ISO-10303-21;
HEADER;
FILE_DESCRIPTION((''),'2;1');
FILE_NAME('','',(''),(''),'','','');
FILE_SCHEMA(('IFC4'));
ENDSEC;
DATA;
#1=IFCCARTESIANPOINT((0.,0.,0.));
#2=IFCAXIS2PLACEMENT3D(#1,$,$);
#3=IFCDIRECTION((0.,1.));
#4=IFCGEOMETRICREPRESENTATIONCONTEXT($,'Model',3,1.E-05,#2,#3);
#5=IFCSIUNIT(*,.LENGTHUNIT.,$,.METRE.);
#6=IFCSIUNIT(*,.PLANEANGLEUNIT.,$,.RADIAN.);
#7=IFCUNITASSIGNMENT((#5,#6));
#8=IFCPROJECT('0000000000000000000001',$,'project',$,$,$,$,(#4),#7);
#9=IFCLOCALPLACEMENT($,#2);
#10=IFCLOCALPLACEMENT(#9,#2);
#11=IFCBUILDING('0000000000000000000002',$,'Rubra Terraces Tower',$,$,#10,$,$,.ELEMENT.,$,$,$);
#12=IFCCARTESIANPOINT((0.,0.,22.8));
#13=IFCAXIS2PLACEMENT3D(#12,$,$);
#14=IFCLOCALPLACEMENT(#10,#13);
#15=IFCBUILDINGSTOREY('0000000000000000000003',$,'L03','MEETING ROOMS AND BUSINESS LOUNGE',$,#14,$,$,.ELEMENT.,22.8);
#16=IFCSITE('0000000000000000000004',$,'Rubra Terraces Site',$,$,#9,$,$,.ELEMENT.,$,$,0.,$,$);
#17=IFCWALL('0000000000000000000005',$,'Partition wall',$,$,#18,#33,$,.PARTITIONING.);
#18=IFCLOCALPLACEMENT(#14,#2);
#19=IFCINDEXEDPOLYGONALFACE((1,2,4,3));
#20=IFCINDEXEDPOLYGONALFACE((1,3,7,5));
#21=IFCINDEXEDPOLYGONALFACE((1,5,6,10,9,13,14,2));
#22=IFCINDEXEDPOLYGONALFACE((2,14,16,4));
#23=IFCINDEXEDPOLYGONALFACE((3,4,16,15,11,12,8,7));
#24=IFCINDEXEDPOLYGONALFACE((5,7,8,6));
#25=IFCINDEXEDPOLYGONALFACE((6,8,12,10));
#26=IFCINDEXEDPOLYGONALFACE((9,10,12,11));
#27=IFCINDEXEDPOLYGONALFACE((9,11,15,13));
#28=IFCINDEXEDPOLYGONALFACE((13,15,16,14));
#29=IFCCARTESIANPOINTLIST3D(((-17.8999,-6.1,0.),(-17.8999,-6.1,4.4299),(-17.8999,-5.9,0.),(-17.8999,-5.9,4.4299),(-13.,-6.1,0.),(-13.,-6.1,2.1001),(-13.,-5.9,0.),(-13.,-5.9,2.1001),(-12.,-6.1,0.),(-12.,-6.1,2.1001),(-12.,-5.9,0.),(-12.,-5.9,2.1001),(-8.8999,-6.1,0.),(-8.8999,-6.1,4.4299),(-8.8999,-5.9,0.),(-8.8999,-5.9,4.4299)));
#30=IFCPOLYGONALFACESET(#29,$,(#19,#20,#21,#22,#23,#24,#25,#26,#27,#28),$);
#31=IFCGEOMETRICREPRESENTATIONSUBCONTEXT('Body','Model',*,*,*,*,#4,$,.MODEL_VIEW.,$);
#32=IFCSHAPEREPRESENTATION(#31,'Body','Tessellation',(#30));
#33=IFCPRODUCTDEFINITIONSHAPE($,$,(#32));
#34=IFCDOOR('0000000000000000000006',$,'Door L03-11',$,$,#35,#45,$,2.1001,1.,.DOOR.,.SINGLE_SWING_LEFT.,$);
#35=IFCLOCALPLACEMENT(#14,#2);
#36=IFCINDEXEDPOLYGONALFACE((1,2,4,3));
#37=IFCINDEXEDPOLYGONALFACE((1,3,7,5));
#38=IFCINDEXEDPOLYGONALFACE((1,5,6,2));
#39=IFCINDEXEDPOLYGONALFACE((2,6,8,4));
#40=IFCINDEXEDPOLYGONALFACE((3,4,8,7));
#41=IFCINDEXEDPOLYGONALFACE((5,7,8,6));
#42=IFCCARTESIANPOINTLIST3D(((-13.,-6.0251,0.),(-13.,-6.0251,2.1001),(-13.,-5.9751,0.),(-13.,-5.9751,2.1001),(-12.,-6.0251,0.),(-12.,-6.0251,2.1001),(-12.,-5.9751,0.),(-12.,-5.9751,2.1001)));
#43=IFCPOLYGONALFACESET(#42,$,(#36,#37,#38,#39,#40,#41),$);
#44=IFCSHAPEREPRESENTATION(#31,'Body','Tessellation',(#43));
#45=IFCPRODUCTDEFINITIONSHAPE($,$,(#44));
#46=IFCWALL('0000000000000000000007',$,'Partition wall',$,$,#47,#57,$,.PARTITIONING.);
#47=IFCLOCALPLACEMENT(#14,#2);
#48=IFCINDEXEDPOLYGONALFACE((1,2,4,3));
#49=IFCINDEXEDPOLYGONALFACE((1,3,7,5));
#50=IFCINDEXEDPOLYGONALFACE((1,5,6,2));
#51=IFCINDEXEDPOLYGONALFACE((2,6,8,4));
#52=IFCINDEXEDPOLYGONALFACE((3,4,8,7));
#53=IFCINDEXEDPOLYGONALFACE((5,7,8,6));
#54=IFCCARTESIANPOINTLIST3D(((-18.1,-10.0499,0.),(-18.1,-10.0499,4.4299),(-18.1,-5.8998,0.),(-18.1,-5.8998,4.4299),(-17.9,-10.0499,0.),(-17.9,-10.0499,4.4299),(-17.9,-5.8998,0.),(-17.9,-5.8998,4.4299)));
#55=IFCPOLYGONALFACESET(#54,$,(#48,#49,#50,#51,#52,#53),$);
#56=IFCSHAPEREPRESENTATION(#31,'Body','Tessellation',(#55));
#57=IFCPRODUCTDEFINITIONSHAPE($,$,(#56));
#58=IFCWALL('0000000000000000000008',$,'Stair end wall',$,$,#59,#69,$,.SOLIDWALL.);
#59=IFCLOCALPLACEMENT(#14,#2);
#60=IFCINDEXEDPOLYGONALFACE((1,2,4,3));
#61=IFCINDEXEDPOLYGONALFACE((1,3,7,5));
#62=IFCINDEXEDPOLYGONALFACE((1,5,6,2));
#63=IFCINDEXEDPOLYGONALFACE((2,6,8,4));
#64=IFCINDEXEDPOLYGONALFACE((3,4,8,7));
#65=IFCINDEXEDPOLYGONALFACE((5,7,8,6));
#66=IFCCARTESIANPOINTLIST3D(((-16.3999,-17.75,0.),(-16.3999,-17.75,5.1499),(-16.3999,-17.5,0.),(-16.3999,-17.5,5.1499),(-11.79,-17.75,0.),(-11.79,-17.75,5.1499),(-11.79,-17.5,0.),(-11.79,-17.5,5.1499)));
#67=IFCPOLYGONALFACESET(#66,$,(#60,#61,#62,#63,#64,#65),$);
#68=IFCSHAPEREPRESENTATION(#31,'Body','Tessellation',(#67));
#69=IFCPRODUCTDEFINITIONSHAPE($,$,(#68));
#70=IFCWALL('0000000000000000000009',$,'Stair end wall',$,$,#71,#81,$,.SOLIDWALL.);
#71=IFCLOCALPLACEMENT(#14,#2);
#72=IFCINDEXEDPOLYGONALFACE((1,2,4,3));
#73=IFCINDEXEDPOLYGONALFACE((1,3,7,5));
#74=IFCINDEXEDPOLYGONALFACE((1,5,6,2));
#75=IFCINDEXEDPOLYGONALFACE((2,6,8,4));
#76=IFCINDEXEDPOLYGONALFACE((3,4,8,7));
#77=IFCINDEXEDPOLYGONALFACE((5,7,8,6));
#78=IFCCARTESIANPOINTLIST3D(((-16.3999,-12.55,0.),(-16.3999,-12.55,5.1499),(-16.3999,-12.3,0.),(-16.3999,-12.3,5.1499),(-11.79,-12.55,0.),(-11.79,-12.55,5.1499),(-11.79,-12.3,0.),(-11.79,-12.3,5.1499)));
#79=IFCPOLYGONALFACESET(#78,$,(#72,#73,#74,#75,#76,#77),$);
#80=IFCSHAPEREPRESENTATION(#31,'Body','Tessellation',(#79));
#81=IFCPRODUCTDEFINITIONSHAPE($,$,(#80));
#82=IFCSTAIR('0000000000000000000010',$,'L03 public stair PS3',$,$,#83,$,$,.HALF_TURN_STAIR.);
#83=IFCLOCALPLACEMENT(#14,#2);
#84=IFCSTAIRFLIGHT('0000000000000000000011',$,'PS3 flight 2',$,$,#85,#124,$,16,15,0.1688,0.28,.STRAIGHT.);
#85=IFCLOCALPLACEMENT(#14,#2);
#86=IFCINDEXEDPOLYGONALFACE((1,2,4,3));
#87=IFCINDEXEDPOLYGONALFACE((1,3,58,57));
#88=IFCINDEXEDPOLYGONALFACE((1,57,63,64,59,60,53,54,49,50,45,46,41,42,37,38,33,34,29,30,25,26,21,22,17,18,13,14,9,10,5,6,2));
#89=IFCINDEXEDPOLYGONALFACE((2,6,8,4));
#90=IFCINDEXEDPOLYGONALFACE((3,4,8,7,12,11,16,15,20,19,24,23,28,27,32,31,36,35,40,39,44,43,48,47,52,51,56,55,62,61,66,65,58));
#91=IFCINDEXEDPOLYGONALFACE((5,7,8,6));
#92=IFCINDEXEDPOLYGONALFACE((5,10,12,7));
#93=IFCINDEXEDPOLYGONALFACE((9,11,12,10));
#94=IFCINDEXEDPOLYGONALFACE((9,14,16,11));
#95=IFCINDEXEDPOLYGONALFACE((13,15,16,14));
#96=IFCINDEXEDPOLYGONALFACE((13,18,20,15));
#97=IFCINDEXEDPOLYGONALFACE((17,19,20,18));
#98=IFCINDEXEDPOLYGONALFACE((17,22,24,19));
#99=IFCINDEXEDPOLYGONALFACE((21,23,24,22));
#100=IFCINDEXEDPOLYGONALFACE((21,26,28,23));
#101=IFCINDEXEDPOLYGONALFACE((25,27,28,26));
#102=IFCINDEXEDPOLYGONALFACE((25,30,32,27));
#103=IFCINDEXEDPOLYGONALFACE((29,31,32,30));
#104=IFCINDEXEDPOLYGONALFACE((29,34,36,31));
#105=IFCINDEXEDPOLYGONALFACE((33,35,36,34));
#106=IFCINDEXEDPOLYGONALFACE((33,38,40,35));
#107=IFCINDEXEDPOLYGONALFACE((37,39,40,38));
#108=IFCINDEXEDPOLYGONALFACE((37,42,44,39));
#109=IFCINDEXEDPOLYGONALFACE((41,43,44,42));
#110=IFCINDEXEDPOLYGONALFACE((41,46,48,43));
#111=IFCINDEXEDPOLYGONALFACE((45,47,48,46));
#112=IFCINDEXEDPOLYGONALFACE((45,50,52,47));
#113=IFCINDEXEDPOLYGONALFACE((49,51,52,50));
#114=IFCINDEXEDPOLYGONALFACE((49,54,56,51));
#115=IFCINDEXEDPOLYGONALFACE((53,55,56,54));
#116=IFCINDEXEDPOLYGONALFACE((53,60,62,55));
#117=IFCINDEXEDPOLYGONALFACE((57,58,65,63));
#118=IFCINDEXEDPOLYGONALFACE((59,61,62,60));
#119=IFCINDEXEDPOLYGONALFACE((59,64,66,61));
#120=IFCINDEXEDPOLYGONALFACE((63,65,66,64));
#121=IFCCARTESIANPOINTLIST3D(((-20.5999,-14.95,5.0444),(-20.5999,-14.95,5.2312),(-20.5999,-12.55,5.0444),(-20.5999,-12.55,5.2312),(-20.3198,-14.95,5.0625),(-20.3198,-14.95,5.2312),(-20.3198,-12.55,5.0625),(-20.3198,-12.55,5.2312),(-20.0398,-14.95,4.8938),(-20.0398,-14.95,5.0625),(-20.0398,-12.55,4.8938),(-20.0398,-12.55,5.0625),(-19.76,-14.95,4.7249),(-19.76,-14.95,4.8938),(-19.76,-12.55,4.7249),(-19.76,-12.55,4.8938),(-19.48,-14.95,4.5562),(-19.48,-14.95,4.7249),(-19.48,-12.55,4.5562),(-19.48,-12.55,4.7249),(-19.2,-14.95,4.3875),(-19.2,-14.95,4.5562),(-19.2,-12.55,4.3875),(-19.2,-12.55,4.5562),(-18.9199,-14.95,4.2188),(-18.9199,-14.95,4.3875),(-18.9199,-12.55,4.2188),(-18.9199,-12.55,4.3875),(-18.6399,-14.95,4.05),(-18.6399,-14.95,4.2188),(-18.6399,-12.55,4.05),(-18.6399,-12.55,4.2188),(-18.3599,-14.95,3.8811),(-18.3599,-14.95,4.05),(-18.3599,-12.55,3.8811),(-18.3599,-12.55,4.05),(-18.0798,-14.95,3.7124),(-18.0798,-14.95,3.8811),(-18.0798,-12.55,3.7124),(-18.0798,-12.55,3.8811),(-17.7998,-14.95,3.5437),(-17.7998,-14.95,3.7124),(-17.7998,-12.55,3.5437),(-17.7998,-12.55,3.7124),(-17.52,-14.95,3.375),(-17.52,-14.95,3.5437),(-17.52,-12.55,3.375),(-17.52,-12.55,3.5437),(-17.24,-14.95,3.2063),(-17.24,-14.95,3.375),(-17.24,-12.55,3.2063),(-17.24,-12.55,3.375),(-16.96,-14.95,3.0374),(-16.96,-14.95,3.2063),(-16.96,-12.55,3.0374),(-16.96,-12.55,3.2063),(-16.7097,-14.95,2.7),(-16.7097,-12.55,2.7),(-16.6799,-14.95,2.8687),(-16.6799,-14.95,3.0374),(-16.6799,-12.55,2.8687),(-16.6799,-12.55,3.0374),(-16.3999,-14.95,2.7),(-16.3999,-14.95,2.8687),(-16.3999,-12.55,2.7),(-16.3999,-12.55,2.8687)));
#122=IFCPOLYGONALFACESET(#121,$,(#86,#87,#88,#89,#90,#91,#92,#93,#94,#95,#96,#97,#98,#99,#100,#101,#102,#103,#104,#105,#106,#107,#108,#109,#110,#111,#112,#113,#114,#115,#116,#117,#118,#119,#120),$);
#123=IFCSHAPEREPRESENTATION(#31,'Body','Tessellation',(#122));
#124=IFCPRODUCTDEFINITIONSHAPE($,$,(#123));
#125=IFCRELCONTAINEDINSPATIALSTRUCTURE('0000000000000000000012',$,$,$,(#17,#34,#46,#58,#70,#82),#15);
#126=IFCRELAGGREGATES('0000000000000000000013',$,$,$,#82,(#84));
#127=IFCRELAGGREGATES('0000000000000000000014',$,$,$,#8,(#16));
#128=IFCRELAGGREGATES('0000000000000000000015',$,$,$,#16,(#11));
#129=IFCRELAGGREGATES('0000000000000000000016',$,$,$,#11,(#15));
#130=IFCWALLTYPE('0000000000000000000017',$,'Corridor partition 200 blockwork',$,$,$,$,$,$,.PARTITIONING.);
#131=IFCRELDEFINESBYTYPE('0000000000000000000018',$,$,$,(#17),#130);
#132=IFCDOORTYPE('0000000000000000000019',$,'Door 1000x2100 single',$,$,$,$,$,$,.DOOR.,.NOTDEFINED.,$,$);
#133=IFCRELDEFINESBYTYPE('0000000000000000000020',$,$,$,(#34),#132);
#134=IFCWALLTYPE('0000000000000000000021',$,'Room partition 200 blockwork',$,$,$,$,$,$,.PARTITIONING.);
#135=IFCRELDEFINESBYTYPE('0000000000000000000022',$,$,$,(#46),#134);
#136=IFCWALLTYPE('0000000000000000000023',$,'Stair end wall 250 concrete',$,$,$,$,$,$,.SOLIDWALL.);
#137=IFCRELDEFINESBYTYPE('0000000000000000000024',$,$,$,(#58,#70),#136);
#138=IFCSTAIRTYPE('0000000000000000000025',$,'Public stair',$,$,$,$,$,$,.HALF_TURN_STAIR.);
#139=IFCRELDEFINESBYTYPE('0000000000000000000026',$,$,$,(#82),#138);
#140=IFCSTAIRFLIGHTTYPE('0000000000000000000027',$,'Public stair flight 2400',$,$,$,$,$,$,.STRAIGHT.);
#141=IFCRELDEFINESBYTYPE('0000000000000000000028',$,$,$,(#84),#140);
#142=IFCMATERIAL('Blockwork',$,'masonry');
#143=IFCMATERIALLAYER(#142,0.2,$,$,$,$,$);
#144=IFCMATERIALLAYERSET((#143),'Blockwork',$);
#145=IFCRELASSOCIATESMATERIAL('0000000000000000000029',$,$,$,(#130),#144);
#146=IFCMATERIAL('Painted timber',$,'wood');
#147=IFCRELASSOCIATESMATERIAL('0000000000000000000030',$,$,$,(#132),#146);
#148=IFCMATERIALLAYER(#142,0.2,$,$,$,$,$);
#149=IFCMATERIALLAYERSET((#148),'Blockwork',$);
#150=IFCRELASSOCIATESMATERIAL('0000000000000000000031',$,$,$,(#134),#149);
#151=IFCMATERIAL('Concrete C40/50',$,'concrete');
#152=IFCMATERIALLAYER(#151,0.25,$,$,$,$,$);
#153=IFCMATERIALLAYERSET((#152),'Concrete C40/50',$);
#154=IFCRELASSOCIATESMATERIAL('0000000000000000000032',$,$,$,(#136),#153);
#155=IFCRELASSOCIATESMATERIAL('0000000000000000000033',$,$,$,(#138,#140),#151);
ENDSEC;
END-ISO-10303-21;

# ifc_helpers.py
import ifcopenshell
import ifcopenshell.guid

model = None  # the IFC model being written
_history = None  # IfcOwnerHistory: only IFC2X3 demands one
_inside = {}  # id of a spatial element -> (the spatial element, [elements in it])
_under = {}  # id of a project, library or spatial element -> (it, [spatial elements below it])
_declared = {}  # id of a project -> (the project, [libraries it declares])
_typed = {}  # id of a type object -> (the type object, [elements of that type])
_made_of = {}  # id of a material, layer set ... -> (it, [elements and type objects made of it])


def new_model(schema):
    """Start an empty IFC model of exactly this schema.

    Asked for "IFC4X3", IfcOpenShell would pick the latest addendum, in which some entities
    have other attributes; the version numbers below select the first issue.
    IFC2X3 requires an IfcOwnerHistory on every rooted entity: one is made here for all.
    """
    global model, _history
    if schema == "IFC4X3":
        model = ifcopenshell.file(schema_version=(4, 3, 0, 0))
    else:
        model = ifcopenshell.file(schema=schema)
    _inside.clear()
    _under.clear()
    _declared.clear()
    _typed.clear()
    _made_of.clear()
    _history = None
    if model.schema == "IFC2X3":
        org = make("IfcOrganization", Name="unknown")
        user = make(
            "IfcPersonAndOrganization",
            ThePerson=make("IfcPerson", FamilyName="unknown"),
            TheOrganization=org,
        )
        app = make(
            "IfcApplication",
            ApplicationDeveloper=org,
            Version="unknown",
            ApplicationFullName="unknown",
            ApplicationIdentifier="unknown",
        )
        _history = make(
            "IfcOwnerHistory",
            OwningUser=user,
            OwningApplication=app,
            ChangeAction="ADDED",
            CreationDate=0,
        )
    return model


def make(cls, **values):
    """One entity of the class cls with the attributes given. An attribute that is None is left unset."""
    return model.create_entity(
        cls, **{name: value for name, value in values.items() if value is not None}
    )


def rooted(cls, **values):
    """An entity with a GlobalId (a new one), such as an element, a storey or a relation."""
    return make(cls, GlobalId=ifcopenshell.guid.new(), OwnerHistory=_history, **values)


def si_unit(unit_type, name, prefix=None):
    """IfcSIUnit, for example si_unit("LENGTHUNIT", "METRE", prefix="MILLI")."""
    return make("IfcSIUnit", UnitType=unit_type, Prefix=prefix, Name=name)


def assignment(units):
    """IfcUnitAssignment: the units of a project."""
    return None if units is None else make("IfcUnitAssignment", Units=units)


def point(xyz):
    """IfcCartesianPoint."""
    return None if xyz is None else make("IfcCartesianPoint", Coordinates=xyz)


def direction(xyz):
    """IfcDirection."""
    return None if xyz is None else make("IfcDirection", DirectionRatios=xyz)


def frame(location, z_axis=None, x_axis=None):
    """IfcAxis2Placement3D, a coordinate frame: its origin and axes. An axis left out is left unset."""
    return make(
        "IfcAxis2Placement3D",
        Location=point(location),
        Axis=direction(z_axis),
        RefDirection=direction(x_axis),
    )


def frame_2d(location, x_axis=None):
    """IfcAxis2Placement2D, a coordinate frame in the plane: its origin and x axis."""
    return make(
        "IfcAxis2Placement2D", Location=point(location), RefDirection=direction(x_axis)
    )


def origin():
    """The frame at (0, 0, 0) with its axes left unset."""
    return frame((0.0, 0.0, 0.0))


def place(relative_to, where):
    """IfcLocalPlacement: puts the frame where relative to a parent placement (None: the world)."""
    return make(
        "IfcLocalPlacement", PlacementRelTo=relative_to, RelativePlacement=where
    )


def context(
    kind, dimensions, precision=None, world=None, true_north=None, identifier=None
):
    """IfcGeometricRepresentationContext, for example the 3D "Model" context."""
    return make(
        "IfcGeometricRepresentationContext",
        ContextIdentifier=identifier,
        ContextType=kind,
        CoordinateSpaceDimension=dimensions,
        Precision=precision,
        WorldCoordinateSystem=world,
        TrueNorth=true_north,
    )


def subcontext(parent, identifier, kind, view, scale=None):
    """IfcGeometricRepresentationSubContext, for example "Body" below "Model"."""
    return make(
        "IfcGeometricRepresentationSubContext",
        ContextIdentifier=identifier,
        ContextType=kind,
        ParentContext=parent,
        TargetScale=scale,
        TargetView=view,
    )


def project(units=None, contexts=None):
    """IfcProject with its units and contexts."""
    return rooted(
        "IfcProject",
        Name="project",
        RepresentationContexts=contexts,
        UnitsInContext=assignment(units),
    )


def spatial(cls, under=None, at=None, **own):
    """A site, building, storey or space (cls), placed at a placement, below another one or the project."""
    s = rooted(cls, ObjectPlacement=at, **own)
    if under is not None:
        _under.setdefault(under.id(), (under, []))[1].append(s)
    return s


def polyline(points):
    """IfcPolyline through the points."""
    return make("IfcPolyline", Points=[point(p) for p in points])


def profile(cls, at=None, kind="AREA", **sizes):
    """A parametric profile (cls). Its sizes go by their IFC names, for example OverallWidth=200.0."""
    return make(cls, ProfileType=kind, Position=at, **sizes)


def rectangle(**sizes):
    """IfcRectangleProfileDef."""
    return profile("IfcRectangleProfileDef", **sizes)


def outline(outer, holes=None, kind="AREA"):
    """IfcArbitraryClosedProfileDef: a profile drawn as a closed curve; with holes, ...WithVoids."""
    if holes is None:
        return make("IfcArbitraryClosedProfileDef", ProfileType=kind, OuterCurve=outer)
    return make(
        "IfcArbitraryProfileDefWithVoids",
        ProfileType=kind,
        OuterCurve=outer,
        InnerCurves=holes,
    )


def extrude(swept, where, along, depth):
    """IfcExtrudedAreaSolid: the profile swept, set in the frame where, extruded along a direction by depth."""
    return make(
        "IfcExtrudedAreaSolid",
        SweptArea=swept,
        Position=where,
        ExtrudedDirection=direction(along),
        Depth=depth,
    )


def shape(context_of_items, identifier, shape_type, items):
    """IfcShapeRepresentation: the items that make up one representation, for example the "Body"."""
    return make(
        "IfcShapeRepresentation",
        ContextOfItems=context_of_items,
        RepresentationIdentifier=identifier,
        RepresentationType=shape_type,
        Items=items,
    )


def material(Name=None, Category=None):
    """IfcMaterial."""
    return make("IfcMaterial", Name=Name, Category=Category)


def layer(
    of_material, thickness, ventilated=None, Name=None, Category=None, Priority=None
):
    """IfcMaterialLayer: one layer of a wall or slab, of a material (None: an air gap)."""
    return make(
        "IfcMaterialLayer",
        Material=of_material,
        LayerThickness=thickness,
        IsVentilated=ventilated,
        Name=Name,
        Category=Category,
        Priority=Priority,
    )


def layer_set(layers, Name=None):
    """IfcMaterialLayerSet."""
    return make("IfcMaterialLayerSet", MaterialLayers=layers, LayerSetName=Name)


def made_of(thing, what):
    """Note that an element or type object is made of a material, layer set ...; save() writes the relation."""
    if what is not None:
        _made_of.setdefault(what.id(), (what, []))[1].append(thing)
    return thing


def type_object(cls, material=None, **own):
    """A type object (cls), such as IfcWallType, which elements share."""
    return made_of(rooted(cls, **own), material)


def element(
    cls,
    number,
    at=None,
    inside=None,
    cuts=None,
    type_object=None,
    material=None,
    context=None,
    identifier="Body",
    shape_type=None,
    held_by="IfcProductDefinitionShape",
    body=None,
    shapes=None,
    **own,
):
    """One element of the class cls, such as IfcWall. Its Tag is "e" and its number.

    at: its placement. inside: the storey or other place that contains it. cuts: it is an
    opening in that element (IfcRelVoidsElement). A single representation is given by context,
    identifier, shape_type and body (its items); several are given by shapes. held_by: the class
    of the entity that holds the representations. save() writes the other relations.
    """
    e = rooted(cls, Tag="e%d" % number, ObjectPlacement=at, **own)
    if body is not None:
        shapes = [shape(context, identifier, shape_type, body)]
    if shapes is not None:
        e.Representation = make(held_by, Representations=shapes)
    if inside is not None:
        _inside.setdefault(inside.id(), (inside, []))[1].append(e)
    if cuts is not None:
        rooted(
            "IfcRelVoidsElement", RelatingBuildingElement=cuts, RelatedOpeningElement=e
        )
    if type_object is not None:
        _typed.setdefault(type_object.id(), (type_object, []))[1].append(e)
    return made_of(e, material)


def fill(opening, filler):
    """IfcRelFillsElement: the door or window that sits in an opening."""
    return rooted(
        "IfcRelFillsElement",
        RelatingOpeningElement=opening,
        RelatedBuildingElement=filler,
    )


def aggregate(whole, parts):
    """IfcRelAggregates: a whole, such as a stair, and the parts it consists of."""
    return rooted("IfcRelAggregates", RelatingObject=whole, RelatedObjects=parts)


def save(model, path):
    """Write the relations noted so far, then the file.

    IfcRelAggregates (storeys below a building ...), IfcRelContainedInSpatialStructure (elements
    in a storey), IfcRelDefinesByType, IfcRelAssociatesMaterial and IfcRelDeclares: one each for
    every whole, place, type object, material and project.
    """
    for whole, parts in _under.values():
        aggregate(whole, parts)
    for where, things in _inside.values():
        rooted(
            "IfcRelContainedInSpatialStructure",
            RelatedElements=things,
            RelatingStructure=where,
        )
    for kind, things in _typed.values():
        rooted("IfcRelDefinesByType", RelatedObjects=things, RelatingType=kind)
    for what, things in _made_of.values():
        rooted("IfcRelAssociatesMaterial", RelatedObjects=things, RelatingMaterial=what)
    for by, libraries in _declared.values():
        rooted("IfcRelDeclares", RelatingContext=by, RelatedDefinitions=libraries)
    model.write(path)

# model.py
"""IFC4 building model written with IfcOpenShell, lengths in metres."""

from ifc_helpers import new_model, si_unit, direction, frame, frame_2d, origin, place, context, subcontext, project, spatial, polyline, rectangle, outline, extrude, material, layer, layer_set, type_object, element, fill, aggregate, save


model = new_model("IFC4")

# Units and contexts
model_context = context("Model", 3, precision=1e-05, world=origin(), true_north=direction((0.0, 1.0)))
body_context = subcontext(model_context, "Body", "Model", "MODEL_VIEW")
ifc_project = project(units=[si_unit("LENGTHUNIT", "METRE"), si_unit("PLANEANGLEUNIT", "RADIAN")], contexts=[model_context])

# Site, building, storey
site_placement = place(None, origin())
site = spatial("IfcSite", under=ifc_project, at=site_placement, Name="Rubra Terraces Site", CompositionType="ELEMENT", RefElevation=0.0)
building_placement = place(site_placement, origin())
building = spatial("IfcBuilding", under=site, at=building_placement, Name="Rubra Terraces Tower", CompositionType="ELEMENT")
storey_placement = place(building_placement, frame((0.0, 0.0, 22.8)))
storey = spatial("IfcBuildingStorey", under=building, at=storey_placement, Name="L03", Description="MEETING ROOMS AND BUSINESS LOUNGE", CompositionType="ELEMENT", Elevation=22.8)

# Shared definitions
ifc_material_1 = material(Name="Blockwork", Category="masonry")
ifc_layer_1 = layer(ifc_material_1, 0.2)
ifc_layer_set_1 = layer_set([ifc_layer_1], Name="Blockwork")
wall_type_1 = type_object("IfcWallType", Name="Corridor partition 200 blockwork", PredefinedType="PARTITIONING", material=ifc_layer_set_1)

# Wall, opening, door
ifc_material_2 = material(Name="Painted timber", Category="wood")
wall_1_placement = place(storey_placement, frame((-17.8999, -6.0, 0.0), z_axis=(0.0, 0.0, 1.0), x_axis=(1.0, 0.0, 0.0)))
wall_1 = element("IfcWall", 1, at=wall_1_placement, inside=storey, type_object=wall_type_1, Name="Partition wall", PredefinedType="PARTITIONING", context=body_context, shape_type="SweptSolid", body=[
    extrude(rectangle(XDim=9.0, YDim=0.2, at=frame_2d((4.5, 0.0))), origin(), (0.0, 0.0, 1.0), 4.4299),
])
opening_1_placement = place(wall_1_placement, frame((4.8999, 0.0, 0.0)))
opening_1 = element("IfcOpeningElement", 2, at=opening_1_placement, cuts=wall_1, PredefinedType="OPENING", context=body_context, shape_type="SweptSolid", body=[
    extrude(rectangle(XDim=1.0, YDim=2.1001, at=frame_2d((0.5, 1.05))), frame((0.0, 0.1099, 0.0), z_axis=(0.0, -1.0, 0.0), x_axis=(1.0, 0.0, 0.0)), (0.0, 0.0, 1.0), 0.22),
])
door_type_1 = type_object("IfcDoorType", Name="Door 1000x2100 single", OperationType="NOTDEFINED", PredefinedType="DOOR", material=ifc_material_2)
door_1_placement = place(opening_1_placement, origin())
door_1 = element("IfcDoor", 3, at=door_1_placement, inside=storey, type_object=door_type_1, Name="Door L03-11", OperationType="SINGLE_SWING_LEFT", OverallHeight=2.1001, OverallWidth=1.0, PredefinedType="DOOR", context=body_context, shape_type="SweptSolid", body=[
    extrude(rectangle(XDim=1.0, YDim=2.1001, at=frame_2d((0.5, 1.05))), frame((0.0, 0.0249, 0.0), z_axis=(0.0, -1.0, 0.0), x_axis=(1.0, 0.0, 0.0)), (0.0, 0.0, 1.0), 0.05),
])
fill(opening_1, door_1)

# Walls
ifc_layer_2 = layer(ifc_material_1, 0.2)
ifc_layer_set_2 = layer_set([ifc_layer_2], Name="Blockwork")
wall_type_2 = type_object("IfcWallType", Name="Room partition 200 blockwork", PredefinedType="PARTITIONING", material=ifc_layer_set_2)
wall_2_placement = place(storey_placement, frame((-18.0, -10.05, 0.0), z_axis=(0.0, 0.0, 1.0), x_axis=(0.0, 1.0, 0.0)))
element("IfcWall", 4, at=wall_2_placement, inside=storey, type_object=wall_type_2, Name="Partition wall", PredefinedType="PARTITIONING", context=body_context, shape_type="SweptSolid", body=[
    extrude(rectangle(XDim=4.1501, YDim=0.2, at=frame_2d((2.0752, 0.0))), origin(), (0.0, 0.0, 1.0), 4.4299),
])
ifc_material_3 = material(Name="Concrete C40/50", Category="concrete")
ifc_layer_3 = layer(ifc_material_3, 0.25)
ifc_layer_set_3 = layer_set([ifc_layer_3], Name="Concrete C40/50")
wall_type_3 = type_object("IfcWallType", Name="Stair end wall 250 concrete", PredefinedType="SOLIDWALL", material=ifc_layer_set_3)
for number, where, z_axis, x_axis, name in (
    (5, (-16.3999, -17.625, 0.0), (0.0, 0.0, 1.0), (1.0, 0.0, 0.0), "Stair end wall"),
    (6, (-16.3999, -12.425, 0.0), (0.0, 0.0, 1.0), (1.0, 0.0, 0.0), "Stair end wall"),
):
    element("IfcWall", number, at=place(storey_placement, frame(where, z_axis=z_axis, x_axis=x_axis)), inside=storey, type_object=wall_type_3, Name=name, PredefinedType="SOLIDWALL", context=body_context, shape_type="SweptSolid", body=[
        extrude(rectangle(XDim=4.6099, YDim=0.25, at=frame_2d((2.3049, 0.0))), origin(), (0.0, 0.0, 1.0), 5.1499),
    ])

# Stair, stair flight
stair_type = type_object("IfcStairType", Name="Public stair", PredefinedType="HALF_TURN_STAIR", material=ifc_material_3)
stair_placement = place(storey_placement, origin())
stair = element("IfcStair", 7, at=stair_placement, inside=storey, type_object=stair_type, Name="L03 public stair PS3", PredefinedType="HALF_TURN_STAIR")
stair_flight_type = type_object("IfcStairFlightType", Name="Public stair flight 2400", PredefinedType="STRAIGHT", material=ifc_material_3)
stair_flight_placement = place(storey_placement, frame((-16.3999, -13.75, 2.7), z_axis=(0.0, 0.0, 1.0), x_axis=(-1.0, 0.0, 0.0)))
stair_flight = element("IfcStairFlight", 8, at=stair_flight_placement, type_object=stair_flight_type, Name="PS3 flight 2", NumberOfRisers=16, NumberOfTreads=15, PredefinedType="STRAIGHT", RiserHeight=0.1688, TreadLength=0.28, context=body_context, shape_type="SweptSolid", body=[
    extrude(outline(polyline([(0.0, 0.0), (0.0, 0.1687), (0.28, 0.1687), (0.28, 0.3374), (0.5601, 0.3374), (0.5601, 0.5063), (0.8401, 0.5063), (0.8401, 0.675), (1.1201, 0.675), (1.1201, 0.8438), (1.3999, 0.8438), (1.3999, 1.0125), (1.6799, 1.0125), (1.6799, 1.1812), (1.96, 1.1812), (1.96, 1.3501), (2.24, 1.3501), (2.24, 1.5188), (2.52, 1.5188), (2.52, 1.6875), (2.8, 1.6875), (2.8, 1.8562), (3.0801, 1.8562), (3.0801, 2.0249), (3.3601, 2.0249), (3.3601, 2.1938), (3.6399, 2.1938), (3.6399, 2.3625), (3.9199, 2.3625), (3.9199, 2.5312), (4.2, 2.5312), (4.2, 2.7), (4.2, 2.3445), (0.3098, 0.0), (0.0, 0.0)])), frame((0.0, 1.2, 0.0), z_axis=(0.0, -1.0, 0.0), x_axis=(1.0, 0.0, 0.0)), (0.0, 0.0, 1.0), 2.3999),
])
aggregate(stair, [stair_flight])

save(model, "model.ifc")
